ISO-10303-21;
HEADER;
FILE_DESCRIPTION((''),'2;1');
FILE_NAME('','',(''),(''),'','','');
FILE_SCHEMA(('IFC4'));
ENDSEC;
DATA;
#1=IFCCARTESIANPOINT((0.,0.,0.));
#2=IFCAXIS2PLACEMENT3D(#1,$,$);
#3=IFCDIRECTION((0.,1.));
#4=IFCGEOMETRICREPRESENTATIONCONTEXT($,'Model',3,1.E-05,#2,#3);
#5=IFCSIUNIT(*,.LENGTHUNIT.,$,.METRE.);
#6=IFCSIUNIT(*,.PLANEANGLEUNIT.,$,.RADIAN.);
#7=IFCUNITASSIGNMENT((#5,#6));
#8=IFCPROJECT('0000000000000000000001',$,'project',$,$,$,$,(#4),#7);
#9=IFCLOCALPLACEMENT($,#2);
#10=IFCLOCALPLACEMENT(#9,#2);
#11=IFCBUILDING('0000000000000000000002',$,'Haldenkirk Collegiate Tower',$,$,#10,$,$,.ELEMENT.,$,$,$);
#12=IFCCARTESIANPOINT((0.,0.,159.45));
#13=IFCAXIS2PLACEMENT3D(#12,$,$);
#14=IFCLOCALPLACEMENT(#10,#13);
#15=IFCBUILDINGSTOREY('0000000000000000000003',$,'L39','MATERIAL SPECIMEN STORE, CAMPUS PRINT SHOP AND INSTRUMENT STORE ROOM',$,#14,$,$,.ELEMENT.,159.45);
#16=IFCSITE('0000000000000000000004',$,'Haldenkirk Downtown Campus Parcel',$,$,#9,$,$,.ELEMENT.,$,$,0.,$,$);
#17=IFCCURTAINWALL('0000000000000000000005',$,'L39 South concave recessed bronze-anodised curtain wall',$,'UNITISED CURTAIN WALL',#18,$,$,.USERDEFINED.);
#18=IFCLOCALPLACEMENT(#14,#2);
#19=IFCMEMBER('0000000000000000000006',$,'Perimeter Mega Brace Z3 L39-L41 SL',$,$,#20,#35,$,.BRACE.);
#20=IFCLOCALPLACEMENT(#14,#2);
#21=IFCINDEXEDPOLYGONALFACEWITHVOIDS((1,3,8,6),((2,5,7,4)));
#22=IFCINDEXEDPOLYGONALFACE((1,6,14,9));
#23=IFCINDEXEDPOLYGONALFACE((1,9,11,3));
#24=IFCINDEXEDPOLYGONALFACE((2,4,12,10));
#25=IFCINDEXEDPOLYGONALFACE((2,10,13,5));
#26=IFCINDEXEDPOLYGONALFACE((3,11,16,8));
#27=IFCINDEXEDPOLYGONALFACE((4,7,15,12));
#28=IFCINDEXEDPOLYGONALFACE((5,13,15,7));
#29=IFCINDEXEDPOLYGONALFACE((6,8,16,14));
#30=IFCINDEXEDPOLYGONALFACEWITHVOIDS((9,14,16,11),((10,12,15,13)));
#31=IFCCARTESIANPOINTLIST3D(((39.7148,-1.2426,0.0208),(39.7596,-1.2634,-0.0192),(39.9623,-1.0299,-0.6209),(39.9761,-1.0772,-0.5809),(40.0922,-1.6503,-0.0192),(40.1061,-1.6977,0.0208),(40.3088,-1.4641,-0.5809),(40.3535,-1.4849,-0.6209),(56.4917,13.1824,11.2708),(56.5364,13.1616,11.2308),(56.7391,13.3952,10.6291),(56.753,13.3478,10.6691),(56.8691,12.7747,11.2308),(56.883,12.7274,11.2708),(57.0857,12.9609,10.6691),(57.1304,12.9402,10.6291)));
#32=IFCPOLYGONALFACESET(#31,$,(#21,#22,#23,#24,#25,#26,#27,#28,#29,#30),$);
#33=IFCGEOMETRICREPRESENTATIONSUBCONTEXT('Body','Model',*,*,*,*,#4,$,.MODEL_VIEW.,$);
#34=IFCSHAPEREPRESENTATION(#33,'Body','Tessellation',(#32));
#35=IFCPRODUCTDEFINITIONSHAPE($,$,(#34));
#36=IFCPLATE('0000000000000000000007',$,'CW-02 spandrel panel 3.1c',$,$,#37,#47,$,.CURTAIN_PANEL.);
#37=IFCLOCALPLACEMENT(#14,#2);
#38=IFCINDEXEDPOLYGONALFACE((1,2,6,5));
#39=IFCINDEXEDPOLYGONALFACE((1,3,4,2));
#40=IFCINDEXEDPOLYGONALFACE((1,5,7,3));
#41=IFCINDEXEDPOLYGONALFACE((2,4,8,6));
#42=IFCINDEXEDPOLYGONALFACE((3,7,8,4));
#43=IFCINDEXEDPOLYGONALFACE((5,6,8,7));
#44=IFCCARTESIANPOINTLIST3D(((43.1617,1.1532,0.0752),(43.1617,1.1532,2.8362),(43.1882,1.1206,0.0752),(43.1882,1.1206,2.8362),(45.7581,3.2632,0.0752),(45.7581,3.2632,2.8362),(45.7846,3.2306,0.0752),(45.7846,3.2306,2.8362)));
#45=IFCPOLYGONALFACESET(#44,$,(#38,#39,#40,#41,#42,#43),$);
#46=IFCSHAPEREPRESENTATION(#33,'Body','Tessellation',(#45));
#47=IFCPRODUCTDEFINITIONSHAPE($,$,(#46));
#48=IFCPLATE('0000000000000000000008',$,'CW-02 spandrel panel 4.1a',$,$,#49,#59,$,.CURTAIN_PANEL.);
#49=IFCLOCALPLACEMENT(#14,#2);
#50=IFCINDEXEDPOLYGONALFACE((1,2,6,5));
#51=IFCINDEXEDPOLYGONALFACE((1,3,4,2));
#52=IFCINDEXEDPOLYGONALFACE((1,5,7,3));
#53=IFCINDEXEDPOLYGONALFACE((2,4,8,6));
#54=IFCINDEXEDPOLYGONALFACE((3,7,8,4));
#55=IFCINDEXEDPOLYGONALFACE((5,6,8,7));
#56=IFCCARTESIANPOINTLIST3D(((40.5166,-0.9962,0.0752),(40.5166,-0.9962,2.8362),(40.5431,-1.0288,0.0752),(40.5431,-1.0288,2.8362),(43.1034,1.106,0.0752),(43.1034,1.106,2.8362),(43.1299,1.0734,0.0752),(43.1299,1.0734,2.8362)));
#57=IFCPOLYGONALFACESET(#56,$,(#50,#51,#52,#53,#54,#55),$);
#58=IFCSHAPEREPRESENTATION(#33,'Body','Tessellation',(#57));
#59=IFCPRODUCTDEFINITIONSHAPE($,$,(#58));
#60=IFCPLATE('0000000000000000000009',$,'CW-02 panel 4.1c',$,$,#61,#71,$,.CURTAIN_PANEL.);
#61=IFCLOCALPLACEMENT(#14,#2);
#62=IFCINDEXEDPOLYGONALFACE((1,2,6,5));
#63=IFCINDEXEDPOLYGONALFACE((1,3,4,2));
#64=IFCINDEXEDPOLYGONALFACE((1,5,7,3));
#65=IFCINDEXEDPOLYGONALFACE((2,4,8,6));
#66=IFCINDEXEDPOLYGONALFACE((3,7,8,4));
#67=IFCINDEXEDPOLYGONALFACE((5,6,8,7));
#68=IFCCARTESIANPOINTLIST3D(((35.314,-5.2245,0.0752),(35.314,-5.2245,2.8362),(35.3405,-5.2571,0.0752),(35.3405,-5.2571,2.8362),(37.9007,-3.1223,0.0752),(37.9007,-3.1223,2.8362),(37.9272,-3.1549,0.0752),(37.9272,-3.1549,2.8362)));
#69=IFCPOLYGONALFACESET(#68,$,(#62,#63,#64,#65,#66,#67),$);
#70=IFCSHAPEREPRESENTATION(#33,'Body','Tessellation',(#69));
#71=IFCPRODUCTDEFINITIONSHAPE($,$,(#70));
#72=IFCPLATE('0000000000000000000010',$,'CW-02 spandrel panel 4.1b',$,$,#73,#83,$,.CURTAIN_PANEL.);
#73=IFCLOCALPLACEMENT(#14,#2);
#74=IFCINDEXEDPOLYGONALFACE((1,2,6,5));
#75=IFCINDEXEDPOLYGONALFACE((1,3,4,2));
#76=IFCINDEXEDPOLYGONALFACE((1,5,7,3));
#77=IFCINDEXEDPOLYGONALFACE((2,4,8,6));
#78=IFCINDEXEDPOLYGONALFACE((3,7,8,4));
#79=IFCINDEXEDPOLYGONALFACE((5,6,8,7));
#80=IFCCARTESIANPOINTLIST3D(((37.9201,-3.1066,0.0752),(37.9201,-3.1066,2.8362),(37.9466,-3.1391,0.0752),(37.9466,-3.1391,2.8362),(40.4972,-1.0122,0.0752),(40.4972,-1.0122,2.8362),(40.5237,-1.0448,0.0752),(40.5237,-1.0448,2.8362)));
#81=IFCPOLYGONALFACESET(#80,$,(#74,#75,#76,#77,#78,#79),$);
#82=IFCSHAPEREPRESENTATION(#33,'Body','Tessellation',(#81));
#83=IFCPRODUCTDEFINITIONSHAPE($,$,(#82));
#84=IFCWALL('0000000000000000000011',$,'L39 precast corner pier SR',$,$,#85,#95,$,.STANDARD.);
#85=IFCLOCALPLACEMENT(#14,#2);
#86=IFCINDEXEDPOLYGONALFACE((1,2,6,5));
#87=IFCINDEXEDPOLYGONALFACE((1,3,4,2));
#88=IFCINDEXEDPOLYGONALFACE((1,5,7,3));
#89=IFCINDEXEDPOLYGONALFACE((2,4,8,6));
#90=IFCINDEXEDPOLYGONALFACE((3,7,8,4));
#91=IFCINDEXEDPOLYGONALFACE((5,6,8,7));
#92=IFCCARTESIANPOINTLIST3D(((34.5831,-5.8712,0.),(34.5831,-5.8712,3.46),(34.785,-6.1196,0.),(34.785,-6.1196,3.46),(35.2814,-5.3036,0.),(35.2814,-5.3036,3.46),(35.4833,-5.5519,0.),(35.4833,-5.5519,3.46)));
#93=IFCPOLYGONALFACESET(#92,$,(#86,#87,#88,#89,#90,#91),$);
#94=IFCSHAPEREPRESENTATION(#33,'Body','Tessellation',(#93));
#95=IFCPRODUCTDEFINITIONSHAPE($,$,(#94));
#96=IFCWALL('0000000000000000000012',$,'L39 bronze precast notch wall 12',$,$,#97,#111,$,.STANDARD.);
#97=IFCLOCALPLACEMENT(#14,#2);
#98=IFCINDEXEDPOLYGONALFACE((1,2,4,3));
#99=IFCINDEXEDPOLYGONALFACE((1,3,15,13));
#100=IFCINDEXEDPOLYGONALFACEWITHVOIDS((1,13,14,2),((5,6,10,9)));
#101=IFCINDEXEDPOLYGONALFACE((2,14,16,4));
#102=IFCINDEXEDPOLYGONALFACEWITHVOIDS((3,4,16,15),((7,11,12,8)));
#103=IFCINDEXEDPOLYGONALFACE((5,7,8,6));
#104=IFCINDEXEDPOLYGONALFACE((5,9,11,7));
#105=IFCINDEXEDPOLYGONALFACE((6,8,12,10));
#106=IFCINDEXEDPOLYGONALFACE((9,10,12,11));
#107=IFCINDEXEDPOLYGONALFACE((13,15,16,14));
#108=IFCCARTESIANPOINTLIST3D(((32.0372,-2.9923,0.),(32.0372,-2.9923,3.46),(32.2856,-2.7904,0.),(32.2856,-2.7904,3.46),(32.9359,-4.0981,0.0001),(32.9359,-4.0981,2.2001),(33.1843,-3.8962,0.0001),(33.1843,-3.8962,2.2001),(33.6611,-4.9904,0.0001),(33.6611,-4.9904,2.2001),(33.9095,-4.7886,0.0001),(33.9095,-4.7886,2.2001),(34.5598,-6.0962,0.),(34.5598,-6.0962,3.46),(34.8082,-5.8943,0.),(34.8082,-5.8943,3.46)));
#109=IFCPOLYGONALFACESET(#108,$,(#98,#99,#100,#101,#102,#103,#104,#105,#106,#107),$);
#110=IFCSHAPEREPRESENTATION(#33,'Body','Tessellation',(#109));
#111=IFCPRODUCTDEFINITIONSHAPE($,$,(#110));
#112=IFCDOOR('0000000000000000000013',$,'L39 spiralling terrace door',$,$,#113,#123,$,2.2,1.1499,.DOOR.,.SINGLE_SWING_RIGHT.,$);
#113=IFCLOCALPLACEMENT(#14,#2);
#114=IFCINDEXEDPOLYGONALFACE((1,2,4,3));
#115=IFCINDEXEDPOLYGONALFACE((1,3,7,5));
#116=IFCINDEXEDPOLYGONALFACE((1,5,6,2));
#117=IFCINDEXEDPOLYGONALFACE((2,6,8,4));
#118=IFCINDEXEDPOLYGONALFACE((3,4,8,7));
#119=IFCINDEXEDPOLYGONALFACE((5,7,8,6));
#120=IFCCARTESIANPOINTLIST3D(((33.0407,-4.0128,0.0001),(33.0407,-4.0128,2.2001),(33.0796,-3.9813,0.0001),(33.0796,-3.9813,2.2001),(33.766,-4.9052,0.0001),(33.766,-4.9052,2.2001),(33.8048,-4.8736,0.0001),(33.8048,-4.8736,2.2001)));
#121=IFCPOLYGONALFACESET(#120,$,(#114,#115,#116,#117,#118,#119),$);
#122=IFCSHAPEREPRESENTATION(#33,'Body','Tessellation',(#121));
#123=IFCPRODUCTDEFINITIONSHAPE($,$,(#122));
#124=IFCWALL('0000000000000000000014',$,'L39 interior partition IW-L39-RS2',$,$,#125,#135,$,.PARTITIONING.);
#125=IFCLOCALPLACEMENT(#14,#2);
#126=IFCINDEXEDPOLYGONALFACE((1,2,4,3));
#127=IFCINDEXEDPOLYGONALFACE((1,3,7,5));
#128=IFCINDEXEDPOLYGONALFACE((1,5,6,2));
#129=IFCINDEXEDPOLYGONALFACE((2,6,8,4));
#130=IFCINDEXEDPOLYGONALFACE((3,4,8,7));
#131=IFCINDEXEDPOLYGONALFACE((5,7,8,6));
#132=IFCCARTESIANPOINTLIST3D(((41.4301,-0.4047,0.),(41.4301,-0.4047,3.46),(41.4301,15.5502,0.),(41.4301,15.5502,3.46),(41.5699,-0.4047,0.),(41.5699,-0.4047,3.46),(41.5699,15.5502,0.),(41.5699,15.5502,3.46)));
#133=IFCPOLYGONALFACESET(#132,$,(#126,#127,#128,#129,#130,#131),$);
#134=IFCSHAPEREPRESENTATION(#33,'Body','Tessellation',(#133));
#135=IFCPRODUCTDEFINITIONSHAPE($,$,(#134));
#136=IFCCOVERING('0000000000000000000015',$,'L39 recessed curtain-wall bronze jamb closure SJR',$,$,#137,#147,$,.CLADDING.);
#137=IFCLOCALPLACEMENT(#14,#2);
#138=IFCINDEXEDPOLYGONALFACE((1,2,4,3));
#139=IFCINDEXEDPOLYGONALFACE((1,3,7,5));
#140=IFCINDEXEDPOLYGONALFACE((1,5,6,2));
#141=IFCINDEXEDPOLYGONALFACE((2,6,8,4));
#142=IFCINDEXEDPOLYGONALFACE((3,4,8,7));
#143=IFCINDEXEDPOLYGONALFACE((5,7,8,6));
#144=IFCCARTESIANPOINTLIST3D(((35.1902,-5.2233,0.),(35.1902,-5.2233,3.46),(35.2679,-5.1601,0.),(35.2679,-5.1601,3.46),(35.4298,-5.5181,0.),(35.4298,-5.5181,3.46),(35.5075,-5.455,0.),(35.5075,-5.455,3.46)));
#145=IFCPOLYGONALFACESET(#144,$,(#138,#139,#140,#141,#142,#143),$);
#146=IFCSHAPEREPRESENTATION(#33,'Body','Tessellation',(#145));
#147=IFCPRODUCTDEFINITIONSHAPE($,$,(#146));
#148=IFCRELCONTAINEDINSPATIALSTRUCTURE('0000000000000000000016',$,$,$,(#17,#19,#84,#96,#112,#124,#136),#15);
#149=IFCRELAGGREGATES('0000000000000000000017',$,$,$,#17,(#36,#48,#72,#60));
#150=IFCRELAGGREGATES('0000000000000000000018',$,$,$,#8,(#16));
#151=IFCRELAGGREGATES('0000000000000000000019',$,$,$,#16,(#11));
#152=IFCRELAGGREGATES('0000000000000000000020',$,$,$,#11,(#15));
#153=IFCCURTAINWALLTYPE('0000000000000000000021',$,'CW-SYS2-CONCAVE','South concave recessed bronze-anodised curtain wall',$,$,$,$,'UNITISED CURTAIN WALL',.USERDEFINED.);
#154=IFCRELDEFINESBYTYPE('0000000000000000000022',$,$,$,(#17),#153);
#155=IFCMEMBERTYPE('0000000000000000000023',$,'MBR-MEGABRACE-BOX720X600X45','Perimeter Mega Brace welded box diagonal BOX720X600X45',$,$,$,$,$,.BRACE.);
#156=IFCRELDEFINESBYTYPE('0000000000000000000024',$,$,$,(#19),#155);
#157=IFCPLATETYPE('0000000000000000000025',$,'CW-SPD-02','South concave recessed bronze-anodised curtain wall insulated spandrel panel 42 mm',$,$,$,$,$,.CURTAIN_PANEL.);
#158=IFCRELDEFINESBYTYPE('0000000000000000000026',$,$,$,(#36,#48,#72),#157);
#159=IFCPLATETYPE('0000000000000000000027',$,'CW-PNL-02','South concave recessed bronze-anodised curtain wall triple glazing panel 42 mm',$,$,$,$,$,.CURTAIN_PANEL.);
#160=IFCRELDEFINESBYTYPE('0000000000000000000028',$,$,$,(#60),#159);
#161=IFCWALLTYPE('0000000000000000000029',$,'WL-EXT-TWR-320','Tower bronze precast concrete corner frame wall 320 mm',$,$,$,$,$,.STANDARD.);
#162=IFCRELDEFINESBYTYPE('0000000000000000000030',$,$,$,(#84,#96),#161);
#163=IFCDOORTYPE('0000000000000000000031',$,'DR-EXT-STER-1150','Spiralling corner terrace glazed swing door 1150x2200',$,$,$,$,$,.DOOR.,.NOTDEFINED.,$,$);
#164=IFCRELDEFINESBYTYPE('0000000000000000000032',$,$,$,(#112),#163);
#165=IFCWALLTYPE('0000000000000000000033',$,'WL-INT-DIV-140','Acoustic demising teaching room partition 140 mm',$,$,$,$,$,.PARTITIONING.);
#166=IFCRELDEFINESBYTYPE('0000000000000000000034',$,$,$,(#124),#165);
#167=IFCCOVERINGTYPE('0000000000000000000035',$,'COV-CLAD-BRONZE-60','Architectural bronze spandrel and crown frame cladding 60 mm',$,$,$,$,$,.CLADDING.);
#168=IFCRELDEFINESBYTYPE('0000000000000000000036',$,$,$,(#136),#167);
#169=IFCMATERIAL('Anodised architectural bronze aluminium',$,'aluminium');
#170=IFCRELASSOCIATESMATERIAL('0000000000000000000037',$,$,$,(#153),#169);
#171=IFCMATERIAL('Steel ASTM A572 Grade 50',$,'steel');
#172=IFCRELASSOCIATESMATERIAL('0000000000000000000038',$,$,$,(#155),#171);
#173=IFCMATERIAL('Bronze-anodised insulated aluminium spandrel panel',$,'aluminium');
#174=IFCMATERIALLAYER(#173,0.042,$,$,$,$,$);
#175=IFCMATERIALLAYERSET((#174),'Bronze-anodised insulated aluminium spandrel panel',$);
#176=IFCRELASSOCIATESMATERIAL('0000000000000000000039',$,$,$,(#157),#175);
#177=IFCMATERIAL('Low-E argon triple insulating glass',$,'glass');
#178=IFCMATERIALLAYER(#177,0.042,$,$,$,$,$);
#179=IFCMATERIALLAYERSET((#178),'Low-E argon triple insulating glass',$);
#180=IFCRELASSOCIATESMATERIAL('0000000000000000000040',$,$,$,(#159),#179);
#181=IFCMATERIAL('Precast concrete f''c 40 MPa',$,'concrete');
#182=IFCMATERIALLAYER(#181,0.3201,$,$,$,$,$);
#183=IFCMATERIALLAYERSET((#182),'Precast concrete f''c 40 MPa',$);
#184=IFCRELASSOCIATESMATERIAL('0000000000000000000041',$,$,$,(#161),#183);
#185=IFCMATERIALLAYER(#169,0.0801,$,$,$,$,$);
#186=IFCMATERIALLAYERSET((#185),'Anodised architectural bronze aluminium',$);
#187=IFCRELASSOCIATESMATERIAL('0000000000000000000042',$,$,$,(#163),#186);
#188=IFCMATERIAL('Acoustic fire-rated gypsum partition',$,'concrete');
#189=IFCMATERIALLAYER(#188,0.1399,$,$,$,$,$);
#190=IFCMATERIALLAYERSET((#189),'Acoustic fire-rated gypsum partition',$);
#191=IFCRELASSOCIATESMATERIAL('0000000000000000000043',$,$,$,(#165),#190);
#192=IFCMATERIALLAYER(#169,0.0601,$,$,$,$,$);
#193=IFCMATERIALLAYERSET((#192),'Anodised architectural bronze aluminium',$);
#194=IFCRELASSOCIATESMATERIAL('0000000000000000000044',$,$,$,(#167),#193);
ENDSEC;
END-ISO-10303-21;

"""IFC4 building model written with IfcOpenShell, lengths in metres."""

from ifc_helpers import new_model, si_unit, direction, frame, frame_2d, origin, origin_2d, place, context, subcontext, project, spatial, rectangle, hollow_rectangle, extrude, source, transform, mapped, material, layer, layer_set, material_profile, profile_set, type_object, element, fill, aggregate, save


model = new_model("IFC4")

# Units and contexts
model_context = context("Model", 3, precision=1e-05, world=origin(), true_north=direction((0.0, 1.0)))
body_context = subcontext(model_context, "Body", "Model", "MODEL_VIEW")
ifc_project = project(units=[si_unit("LENGTHUNIT", "METRE"), si_unit("PLANEANGLEUNIT", "RADIAN")], contexts=[model_context])

# Site, building, storey
site_placement = place(None, origin())
site = spatial("IfcSite", under=ifc_project, at=site_placement, Name="Haldenkirk Downtown Campus Parcel", CompositionType="ELEMENT", RefElevation=0.0)
building_placement = place(site_placement, origin())
building = spatial("IfcBuilding", under=site, at=building_placement, Name="Haldenkirk Collegiate Tower", CompositionType="ELEMENT")
storey_placement = place(building_placement, frame((0.0, 0.0, 159.45)))
storey = spatial("IfcBuildingStorey", under=building, at=storey_placement, Name="L39", Description="MATERIAL SPECIMEN STORE, CAMPUS PRINT SHOP AND INSTRUMENT STORE ROOM", CompositionType="ELEMENT", Elevation=159.45)

# Curtain wall
ifc_material_1 = material(Name="Anodised architectural bronze aluminium", Category="aluminium")
curtain_wall_type = type_object("IfcCurtainWallType", Name="CW-SYS2-CONCAVE", Description="South concave recessed bronze-anodised curtain wall", ElementType="UNITISED CURTAIN WALL", PredefinedType="USERDEFINED", material=ifc_material_1)
curtain_wall_placement = place(storey_placement, origin())
curtain_wall = element("IfcCurtainWall", 1, at=curtain_wall_placement, inside=storey, type_object=curtain_wall_type, Name="L39 South concave recessed bronze-anodised curtain wall", ObjectType="UNITISED CURTAIN WALL", PredefinedType="USERDEFINED")

# Member
ifc_material_2 = material(Name="Steel ASTM A572 Grade 50", Category="steel")
ifc_material_profile_1 = material_profile(ifc_material_2, hollow_rectangle(XDim=0.6001, YDim=0.72, WallThickness=0.0449, at=origin_2d()), Name="BOX720X600X45")
ifc_profile_set_1 = profile_set([ifc_material_profile_1], Name="Steel ASTM A572 Grade 50")
member_type_1 = type_object("IfcMemberType", Name="MBR-MEGABRACE-BOX720X600X45", Description="Perimeter Mega Brace welded box diagonal BOX720X600X45", PredefinedType="BRACE", material=ifc_profile_set_1)
member_1_placement = place(storey_placement, frame((40.0342, -1.3638, -0.3), z_axis=(0.6759, 0.581151, 0.453236), x_axis=(-0.65196, 0.758253, 0.0)))
element("IfcMember", 2, at=member_1_placement, inside=storey, type_object=member_type_1, Name="Perimeter Mega Brace Z3 L39-L41 SL", PredefinedType="BRACE", context=body_context, shape_type="SweptSolid", body=[
    extrude(hollow_rectangle(XDim=0.6001, YDim=0.72, WallThickness=0.0449, at=origin_2d()), origin(), (0.0, 0.0, 1.0), 24.8215),
])

# Plates
ifc_material_3 = material(Name="Bronze-anodised insulated aluminium spandrel panel", Category="aluminium")
ifc_layer_1 = layer(ifc_material_3, 0.042)
ifc_layer_set_1 = layer_set([ifc_layer_1], Name="Bronze-anodised insulated aluminium spandrel panel")
plate_type_1 = type_object("IfcPlateType", Name="CW-SPD-02", Description="South concave recessed bronze-anodised curtain wall insulated spandrel panel 42 mm", PredefinedType="CURTAIN_PANEL", material=ifc_layer_set_1)
shared_shape_1 = source(origin(), body_context, "Body", "SweptSolid", [
    extrude(rectangle(XDim=3.3457, YDim=0.042, at=origin_2d()), origin(), (0.0, 0.0, 1.0), 2.761),
])
plate_1_placement = place(storey_placement, frame((44.4731, 2.1919, 0.0752), z_axis=(0.0, 0.0, 1.0), x_axis=(-0.776048, -0.630674, 0.0)))
plate_1 = element("IfcPlate", 3, at=plate_1_placement, type_object=plate_type_1, Name="CW-02 spandrel panel 3.1c", PredefinedType="CURTAIN_PANEL", context=body_context, shape_type="MappedRepresentation", body=[
    mapped(shared_shape_1, transform((0.0, 0.0, 0.0), x_axis=(1.0, 0.0, 0.0), y_axis=(0.0, 1.0, 0.0), z_axis=(0.0, 0.0, 1.0), scale=1.0)),
])
shared_shape_2 = source(origin(), body_context, "Body", "SweptSolid", [
    extrude(rectangle(XDim=3.3333, YDim=0.042, at=origin_2d()), origin(), (0.0, 0.0, 1.0), 2.761),
])
plate_2_placement = place(storey_placement, frame((41.8232, 0.0386, 0.0752), z_axis=(0.0, 0.0, 1.0), x_axis=(-0.776048, -0.630674, 0.0)))
plate_2 = element("IfcPlate", 4, at=plate_2_placement, type_object=plate_type_1, Name="CW-02 spandrel panel 4.1a", PredefinedType="CURTAIN_PANEL", context=body_context, shape_type="MappedRepresentation", body=[
    mapped(shared_shape_2, transform((0.0, 0.0, 0.0), x_axis=(1.0, 0.0, 0.0), y_axis=(0.0, 1.0, 0.0), z_axis=(0.0, 0.0, 1.0), scale=1.0)),
])
ifc_material_4 = material(Name="Low-E argon triple insulating glass", Category="glass")
ifc_layer_2 = layer(ifc_material_4, 0.042)
ifc_layer_set_2 = layer_set([ifc_layer_2], Name="Low-E argon triple insulating glass")
plate_type_2 = type_object("IfcPlateType", Name="CW-PNL-02", Description="South concave recessed bronze-anodised curtain wall triple glazing panel 42 mm", PredefinedType="CURTAIN_PANEL", material=ifc_layer_set_2)
plate_3_placement = place(storey_placement, frame((36.6206, -4.1897, 0.0752), z_axis=(0.0, 0.0, 1.0), x_axis=(-0.776048, -0.630674, 0.0)))
plate_3 = element("IfcPlate", 5, at=plate_3_placement, type_object=plate_type_2, Name="CW-02 panel 4.1c", PredefinedType="CURTAIN_PANEL", context=body_context, shape_type="MappedRepresentation", body=[
    mapped(shared_shape_2, transform((0.0, 0.0, 0.0), x_axis=(1.0, 0.0, 0.0), y_axis=(0.0, 1.0, 0.0), z_axis=(0.0, 0.0, 1.0), scale=1.0)),
])
shared_shape_3 = source(origin(), body_context, "Body", "SweptSolid", [
    extrude(rectangle(XDim=3.3208, YDim=0.042, at=origin_2d()), origin(), (0.0, 0.0, 1.0), 2.761),
])
plate_4_placement = place(storey_placement, frame((39.2219, -2.0757, 0.0752), z_axis=(0.0, 0.0, 1.0), x_axis=(-0.776048, -0.630674, 0.0)))
plate_4 = element("IfcPlate", 6, at=plate_4_placement, type_object=plate_type_1, Name="CW-02 spandrel panel 4.1b", PredefinedType="CURTAIN_PANEL", context=body_context, shape_type="MappedRepresentation", body=[
    mapped(shared_shape_3, transform((0.0, 0.0, 0.0), x_axis=(1.0, 0.0, 0.0), y_axis=(0.0, 1.0, 0.0), z_axis=(0.0, 0.0, 1.0), scale=1.0)),
])
aggregate(curtain_wall, [plate_1, plate_2, plate_4, plate_3])

# Wall
ifc_material_5 = material(Name="Precast concrete f'c 40 MPa", Category="concrete")
ifc_layer_3 = layer(ifc_material_5, 0.3201)
ifc_layer_set_3 = layer_set([ifc_layer_3], Name="Precast concrete f'c 40 MPa")
wall_type_1 = type_object("IfcWallType", Name="WL-EXT-TWR-320", Description="Tower bronze precast concrete corner frame wall 320 mm", PredefinedType="STANDARD", material=ifc_layer_set_3)
wall_1_placement = place(storey_placement, frame((35.3823, -5.4277, 0.0), z_axis=(0.0, 0.0, 1.0), x_axis=(-0.775948, -0.630797, 0.0)))
element("IfcWall", 7, at=wall_1_placement, inside=storey, type_object=wall_type_1, Name="L39 precast corner pier SR", PredefinedType="STANDARD", context=body_context, shape_type="SweptSolid", body=[
    extrude(rectangle(XDim=0.8999, YDim=0.3201, at=frame_2d((0.45, 0.0))), origin(), (0.0, 0.0, 1.0), 3.46),
])

# Wall, opening, door
wall_2_placement = place(storey_placement, frame((34.6841, -5.9954, 0.0), z_axis=(0.0, 0.0, 1.0), x_axis=(-0.630698, 0.776028, 0.0)))
wall_2 = element("IfcWall", 8, at=wall_2_placement, inside=storey, type_object=wall_type_1, Name="L39 bronze precast notch wall 12", PredefinedType="STANDARD", context=body_context, shape_type="SweptSolid", body=[
    extrude(rectangle(XDim=3.9998, YDim=0.3201, at=frame_2d((2.0, 0.0))), origin(), (0.0, 0.0, 1.0), 3.46),
])
opening_placement = place(wall_2_placement, frame((1.425, 0.0, 0.0)))
opening = element("IfcOpeningElement", 9, at=opening_placement, cuts=wall_2, PredefinedType="OPENING", context=body_context, shape_type="SweptSolid", body=[
    extrude(rectangle(XDim=1.1499, YDim=2.2, at=frame_2d((0.575, 1.1001))), frame((0.0, 0.1699, 0.0), z_axis=(0.0, -1.0, 0.0), x_axis=(1.0, 0.0, 0.0)), (0.0, 0.0, 1.0), 0.3401),
])
ifc_layer_4 = layer(ifc_material_1, 0.0801)
ifc_layer_set_4 = layer_set([ifc_layer_4], Name="Anodised architectural bronze aluminium")
door_type = type_object("IfcDoorType", Name="DR-EXT-STER-1150", Description="Spiralling corner terrace glazed swing door 1150x2200", OperationType="NOTDEFINED", PredefinedType="DOOR", material=ifc_layer_set_4)
door_placement = place(opening_placement, origin())
door = element("IfcDoor", 10, at=door_placement, inside=storey, type_object=door_type, Name="L39 spiralling terrace door", OperationType="SINGLE_SWING_RIGHT", OverallHeight=2.2, OverallWidth=1.1499, PredefinedType="DOOR", context=body_context, shape_type="SweptSolid", body=[
    extrude(rectangle(XDim=1.1499, YDim=2.2, at=frame_2d((0.575, 1.1001))), frame((0.0, 0.0249, 0.0), z_axis=(0.0, -1.0, 0.0), x_axis=(1.0, 0.0, 0.0)), (0.0, 0.0, 1.0), 0.05),
])
fill(opening, door)

# Wall
ifc_material_6 = material(Name="Acoustic fire-rated gypsum partition", Category="concrete")
ifc_layer_5 = layer(ifc_material_6, 0.1399)
ifc_layer_set_5 = layer_set([ifc_layer_5], Name="Acoustic fire-rated gypsum partition")
wall_type_2 = type_object("IfcWallType", Name="WL-INT-DIV-140", Description="Acoustic demising teaching room partition 140 mm", PredefinedType="PARTITIONING", material=ifc_layer_set_5)
wall_3_placement = place(storey_placement, frame((41.5, -0.4048, 0.0), z_axis=(0.0, 0.0, 1.0), x_axis=(0.0, 1.0, 0.0)))
element("IfcWall", 11, at=wall_3_placement, inside=storey, type_object=wall_type_2, Name="L39 interior partition IW-L39-RS2", PredefinedType="PARTITIONING", context=body_context, shape_type="SweptSolid", body=[
    extrude(rectangle(XDim=15.9548, YDim=0.1399, at=frame_2d((7.9775, 0.0))), origin(), (0.0, 0.0, 1.0), 3.46),
])

# Covering
ifc_layer_6 = layer(ifc_material_1, 0.0601)
ifc_layer_set_6 = layer_set([ifc_layer_6], Name="Anodised architectural bronze aluminium")
covering_type = type_object("IfcCoveringType", Name="COV-CLAD-BRONZE-60", Description="Architectural bronze spandrel and crown frame cladding 60 mm", PredefinedType="CLADDING", material=ifc_layer_set_6)
shared_shape_4 = source(origin(), body_context, "Body", "SweptSolid", [
    extrude(rectangle(XDim=0.1001, YDim=0.3799, at=origin_2d()), origin(), (0.0, 0.0, 1.0), 3.46),
])
covering_placement = place(storey_placement, frame((35.3489, -5.3391, 0.0), z_axis=(0.0, 0.0, 1.0), x_axis=(-0.776046, -0.630676, 0.0)))
element("IfcCovering", 12, at=covering_placement, inside=storey, type_object=covering_type, Name="L39 recessed curtain-wall bronze jamb closure SJR", PredefinedType="CLADDING", context=body_context, shape_type="MappedRepresentation", body=[
    mapped(shared_shape_4, transform((0.0, 0.0, 0.0), x_axis=(1.0, 0.0, 0.0), y_axis=(0.0, 1.0, 0.0), z_axis=(0.0, 0.0, 1.0), scale=1.0)),
])

save(model, "model.ifc")
